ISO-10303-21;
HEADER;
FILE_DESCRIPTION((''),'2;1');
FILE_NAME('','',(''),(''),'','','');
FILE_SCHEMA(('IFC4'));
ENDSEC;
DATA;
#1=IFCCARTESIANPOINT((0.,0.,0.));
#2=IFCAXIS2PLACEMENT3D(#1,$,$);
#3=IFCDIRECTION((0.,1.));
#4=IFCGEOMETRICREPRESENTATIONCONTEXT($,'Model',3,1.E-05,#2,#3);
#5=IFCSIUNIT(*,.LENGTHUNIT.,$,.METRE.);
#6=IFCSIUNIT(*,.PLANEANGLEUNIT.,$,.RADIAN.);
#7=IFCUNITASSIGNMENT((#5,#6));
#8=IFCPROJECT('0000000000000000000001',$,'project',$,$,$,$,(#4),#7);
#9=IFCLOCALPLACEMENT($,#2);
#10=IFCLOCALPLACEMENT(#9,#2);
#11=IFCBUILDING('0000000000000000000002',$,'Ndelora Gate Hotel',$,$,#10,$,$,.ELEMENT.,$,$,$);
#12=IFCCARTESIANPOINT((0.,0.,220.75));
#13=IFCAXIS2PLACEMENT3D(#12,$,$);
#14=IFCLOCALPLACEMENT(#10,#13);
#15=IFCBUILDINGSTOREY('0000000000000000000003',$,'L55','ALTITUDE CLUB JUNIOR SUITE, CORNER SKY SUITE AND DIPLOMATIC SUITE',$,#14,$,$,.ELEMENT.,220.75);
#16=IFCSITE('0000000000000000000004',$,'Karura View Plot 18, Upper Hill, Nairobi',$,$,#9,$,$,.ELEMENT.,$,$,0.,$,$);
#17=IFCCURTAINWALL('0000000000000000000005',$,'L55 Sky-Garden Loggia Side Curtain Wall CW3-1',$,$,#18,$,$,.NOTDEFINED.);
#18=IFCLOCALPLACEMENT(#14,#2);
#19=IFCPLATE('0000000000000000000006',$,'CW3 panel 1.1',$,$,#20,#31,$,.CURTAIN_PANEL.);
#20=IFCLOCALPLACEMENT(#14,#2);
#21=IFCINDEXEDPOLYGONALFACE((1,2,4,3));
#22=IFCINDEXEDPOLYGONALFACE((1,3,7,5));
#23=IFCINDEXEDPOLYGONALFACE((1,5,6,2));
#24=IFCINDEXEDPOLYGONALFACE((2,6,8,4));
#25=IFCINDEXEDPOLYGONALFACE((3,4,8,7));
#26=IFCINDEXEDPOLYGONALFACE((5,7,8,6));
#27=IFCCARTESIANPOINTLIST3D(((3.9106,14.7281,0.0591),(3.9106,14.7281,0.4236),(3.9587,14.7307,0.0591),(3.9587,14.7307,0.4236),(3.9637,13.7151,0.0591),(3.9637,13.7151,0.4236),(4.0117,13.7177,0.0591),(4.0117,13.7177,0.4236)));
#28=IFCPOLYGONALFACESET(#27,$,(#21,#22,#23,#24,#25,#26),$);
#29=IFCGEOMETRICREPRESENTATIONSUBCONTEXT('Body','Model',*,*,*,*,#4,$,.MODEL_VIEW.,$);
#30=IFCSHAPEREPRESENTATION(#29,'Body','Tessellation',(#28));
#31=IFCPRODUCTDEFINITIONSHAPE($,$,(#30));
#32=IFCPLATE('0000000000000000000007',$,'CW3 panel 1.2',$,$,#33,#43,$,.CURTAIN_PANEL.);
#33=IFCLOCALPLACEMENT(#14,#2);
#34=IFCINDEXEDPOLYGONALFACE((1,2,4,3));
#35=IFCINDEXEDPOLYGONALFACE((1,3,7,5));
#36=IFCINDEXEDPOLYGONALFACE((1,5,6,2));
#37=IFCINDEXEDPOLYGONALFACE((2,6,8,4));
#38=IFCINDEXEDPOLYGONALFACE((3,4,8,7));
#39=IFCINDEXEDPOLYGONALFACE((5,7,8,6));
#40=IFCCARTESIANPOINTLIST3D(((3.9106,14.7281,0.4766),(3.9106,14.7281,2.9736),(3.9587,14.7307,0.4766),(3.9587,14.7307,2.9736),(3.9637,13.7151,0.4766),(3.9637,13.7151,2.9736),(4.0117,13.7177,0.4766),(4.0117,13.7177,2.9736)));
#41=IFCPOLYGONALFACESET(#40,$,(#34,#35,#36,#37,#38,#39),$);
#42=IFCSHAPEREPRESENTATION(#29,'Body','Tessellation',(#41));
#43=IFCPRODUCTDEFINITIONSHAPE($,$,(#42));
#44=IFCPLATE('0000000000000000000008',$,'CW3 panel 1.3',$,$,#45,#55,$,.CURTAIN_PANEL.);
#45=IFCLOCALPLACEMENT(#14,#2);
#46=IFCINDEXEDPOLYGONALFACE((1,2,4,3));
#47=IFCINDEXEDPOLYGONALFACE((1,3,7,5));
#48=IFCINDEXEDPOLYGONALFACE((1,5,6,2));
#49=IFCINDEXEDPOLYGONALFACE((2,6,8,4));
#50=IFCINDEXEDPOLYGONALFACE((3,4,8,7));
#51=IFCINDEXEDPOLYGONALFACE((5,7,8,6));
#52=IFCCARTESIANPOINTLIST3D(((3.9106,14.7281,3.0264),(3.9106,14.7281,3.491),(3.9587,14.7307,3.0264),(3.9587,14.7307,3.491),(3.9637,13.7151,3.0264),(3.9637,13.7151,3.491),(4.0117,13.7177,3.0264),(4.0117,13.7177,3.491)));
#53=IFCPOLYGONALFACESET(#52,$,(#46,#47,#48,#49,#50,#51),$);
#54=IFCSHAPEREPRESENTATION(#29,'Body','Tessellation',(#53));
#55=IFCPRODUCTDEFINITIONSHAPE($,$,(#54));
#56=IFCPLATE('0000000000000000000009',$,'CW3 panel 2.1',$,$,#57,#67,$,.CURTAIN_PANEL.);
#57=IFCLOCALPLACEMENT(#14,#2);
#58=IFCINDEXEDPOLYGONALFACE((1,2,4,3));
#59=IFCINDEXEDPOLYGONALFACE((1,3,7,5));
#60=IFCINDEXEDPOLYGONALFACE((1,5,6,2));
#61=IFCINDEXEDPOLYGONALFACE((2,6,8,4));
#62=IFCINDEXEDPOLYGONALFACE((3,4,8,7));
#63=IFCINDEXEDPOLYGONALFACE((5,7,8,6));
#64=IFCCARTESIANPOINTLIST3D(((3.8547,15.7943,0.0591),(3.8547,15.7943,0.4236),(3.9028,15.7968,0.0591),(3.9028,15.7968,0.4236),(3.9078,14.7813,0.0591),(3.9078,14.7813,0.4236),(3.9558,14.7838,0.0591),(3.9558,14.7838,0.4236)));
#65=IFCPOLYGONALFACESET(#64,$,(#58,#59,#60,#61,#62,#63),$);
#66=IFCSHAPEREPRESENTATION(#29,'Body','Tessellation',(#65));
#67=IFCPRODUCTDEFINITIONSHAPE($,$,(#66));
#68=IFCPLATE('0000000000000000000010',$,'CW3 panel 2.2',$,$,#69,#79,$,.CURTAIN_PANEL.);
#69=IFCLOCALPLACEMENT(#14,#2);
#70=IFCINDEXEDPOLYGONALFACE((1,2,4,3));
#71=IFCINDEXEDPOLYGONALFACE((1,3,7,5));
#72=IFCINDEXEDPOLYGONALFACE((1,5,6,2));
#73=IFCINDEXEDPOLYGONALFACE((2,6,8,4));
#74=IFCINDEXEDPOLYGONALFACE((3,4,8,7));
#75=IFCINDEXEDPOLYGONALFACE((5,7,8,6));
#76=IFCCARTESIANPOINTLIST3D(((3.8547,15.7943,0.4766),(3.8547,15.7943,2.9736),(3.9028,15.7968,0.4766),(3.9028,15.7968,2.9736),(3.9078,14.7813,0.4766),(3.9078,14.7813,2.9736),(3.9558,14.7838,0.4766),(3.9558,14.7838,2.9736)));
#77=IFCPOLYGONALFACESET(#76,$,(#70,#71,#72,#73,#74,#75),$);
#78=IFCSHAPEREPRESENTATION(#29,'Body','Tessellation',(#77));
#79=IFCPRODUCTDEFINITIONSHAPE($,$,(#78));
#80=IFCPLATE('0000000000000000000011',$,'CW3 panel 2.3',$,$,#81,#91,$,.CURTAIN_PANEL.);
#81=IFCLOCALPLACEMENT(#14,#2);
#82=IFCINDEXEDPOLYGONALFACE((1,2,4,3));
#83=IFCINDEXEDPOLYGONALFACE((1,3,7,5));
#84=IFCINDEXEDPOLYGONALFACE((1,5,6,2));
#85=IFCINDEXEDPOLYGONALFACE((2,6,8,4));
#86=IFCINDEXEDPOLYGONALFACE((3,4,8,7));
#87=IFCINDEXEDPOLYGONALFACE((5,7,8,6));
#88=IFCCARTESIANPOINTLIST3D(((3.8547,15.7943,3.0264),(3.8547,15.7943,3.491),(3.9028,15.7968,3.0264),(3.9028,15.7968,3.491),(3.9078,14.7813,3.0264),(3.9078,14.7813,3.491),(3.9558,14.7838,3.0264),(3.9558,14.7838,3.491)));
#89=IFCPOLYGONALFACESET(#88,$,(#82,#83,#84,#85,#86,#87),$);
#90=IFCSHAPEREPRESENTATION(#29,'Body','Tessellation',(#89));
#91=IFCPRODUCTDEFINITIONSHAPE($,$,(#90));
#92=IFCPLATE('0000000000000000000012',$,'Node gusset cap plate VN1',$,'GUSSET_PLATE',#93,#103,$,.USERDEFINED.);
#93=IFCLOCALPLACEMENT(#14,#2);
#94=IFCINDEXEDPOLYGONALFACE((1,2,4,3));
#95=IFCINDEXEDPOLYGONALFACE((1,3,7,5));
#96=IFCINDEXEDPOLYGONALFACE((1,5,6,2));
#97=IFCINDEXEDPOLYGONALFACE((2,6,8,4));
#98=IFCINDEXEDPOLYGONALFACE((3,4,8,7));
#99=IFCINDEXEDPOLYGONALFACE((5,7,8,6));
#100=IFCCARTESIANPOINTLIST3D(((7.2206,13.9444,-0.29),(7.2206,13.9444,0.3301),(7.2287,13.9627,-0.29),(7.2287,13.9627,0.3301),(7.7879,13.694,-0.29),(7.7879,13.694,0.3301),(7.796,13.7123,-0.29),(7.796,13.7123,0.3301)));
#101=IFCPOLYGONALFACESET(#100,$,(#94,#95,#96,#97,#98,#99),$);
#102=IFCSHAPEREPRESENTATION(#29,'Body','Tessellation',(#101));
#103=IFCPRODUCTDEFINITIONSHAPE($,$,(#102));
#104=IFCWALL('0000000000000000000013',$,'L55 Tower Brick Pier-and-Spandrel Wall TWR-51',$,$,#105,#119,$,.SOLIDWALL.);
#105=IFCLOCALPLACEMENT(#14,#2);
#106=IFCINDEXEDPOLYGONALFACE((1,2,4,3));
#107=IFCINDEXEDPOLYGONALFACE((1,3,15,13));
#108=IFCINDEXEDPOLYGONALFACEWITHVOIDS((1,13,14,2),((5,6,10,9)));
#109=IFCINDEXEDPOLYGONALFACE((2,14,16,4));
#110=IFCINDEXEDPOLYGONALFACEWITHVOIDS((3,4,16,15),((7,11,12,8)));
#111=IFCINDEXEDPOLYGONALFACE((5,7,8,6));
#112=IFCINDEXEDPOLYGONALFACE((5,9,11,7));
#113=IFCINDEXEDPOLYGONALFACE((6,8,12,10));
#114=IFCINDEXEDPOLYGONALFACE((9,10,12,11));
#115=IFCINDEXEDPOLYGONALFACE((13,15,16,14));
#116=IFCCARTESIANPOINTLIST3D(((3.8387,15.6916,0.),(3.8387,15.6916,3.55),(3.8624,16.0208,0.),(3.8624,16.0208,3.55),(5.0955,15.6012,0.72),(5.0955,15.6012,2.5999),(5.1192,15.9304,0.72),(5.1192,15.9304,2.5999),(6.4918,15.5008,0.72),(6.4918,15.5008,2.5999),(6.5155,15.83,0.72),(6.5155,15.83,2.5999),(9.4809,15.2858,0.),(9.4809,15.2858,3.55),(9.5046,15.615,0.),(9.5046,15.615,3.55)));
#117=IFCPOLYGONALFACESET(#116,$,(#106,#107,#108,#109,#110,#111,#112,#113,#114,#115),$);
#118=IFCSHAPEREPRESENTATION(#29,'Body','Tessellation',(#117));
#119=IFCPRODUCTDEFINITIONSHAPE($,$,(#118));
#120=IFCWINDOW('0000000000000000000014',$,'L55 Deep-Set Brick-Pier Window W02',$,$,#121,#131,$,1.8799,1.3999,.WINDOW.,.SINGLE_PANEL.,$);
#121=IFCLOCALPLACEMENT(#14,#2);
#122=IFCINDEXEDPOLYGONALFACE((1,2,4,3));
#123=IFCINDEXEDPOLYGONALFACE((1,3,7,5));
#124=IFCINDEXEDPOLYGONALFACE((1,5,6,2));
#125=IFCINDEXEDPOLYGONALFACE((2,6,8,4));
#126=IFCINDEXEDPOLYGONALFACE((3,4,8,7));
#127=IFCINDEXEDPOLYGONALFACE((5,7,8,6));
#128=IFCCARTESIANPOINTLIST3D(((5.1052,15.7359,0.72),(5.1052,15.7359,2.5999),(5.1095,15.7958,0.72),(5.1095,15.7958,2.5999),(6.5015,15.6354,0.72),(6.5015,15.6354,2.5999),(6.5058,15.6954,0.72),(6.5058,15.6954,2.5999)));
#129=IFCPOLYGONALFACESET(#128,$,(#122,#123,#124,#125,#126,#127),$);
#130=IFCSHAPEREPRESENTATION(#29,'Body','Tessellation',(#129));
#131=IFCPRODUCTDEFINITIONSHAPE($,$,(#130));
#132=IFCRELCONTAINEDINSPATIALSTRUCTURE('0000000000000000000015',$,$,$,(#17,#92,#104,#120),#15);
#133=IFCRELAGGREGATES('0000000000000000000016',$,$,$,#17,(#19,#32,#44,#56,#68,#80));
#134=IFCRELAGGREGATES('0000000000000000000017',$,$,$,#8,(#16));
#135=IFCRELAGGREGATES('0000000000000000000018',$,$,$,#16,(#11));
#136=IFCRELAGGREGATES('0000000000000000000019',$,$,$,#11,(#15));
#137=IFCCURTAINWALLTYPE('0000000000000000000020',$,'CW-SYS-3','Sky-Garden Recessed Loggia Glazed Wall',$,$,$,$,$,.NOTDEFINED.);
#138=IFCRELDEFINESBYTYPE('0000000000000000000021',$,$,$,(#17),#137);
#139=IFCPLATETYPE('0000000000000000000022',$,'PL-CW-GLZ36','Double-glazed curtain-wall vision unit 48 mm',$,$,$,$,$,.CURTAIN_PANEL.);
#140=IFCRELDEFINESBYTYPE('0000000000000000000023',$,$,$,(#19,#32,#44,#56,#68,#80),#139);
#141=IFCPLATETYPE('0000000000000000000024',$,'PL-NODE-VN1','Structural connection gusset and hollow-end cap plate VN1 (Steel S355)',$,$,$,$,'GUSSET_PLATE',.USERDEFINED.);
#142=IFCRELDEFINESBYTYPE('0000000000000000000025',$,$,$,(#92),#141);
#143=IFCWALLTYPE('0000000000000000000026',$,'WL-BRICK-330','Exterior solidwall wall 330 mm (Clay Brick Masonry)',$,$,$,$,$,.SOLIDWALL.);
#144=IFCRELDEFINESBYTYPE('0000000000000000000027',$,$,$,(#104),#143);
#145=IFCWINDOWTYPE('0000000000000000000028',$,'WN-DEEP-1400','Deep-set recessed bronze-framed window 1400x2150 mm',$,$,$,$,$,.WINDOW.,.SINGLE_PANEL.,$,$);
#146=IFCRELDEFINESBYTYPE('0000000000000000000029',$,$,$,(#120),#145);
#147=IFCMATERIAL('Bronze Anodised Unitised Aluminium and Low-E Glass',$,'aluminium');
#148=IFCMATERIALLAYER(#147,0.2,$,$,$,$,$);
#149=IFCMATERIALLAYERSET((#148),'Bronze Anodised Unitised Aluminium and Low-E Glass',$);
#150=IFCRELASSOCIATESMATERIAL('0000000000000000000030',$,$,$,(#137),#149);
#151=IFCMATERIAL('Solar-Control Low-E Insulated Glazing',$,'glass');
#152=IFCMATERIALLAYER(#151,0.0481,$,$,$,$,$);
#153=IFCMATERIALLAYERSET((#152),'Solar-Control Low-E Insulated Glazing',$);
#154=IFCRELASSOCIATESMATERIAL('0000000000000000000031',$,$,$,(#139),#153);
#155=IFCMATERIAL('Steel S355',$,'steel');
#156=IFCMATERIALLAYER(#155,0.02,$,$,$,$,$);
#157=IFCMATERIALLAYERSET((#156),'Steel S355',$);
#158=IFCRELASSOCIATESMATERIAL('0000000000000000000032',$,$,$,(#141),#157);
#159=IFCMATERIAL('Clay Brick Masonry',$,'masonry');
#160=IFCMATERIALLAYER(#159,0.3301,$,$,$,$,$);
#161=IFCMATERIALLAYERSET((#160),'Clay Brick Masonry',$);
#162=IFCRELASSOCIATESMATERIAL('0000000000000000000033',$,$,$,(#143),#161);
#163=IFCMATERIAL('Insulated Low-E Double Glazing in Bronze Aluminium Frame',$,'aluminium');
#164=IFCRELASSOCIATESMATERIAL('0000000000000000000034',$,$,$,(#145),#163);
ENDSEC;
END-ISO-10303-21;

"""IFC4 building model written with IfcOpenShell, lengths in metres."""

from ifc_helpers import new_model, si_unit, direction, frame, frame_2d, origin, origin_2d, place, context, subcontext, project, spatial, rectangle, extrude, material, layer, layer_set, type_object, element, fill, aggregate, save


model = new_model("IFC4")

# Units and contexts
model_context = context("Model", 3, precision=1e-05, world=origin(), true_north=direction((0.0, 1.0)))
body_context = subcontext(model_context, "Body", "Model", "MODEL_VIEW")
ifc_project = project(units=[si_unit("LENGTHUNIT", "METRE"), si_unit("PLANEANGLEUNIT", "RADIAN")], contexts=[model_context])

# Site, building, storey
site_placement = place(None, origin())
site = spatial("IfcSite", under=ifc_project, at=site_placement, Name="Karura View Plot 18, Upper Hill, Nairobi", CompositionType="ELEMENT", RefElevation=0.0)
building_placement = place(site_placement, origin())
building = spatial("IfcBuilding", under=site, at=building_placement, Name="Ndelora Gate Hotel", CompositionType="ELEMENT")
storey_placement = place(building_placement, frame((0.0, 0.0, 220.75)))
storey = spatial("IfcBuildingStorey", under=building, at=storey_placement, Name="L55", Description="ALTITUDE CLUB JUNIOR SUITE, CORNER SKY SUITE AND DIPLOMATIC SUITE", CompositionType="ELEMENT", Elevation=220.75)

# Shared definitions
ifc_material_1 = material(Name="Steel S355", Category="steel")

# Curtain wall
ifc_material_2 = material(Name="Bronze Anodised Unitised Aluminium and Low-E Glass", Category="aluminium")
ifc_layer_1 = layer(ifc_material_2, 0.2)
ifc_layer_set_1 = layer_set([ifc_layer_1], Name="Bronze Anodised Unitised Aluminium and Low-E Glass")
curtain_wall_type = type_object("IfcCurtainWallType", Name="CW-SYS-3", Description="Sky-Garden Recessed Loggia Glazed Wall", PredefinedType="NOTDEFINED", material=ifc_layer_set_1)
curtain_wall_placement = place(storey_placement, origin())
curtain_wall = element("IfcCurtainWall", 1, at=curtain_wall_placement, inside=storey, type_object=curtain_wall_type, Name="L55 Sky-Garden Loggia Side Curtain Wall CW3-1", PredefinedType="NOTDEFINED")

# Plates
ifc_material_3 = material(Name="Solar-Control Low-E Insulated Glazing", Category="glass")
ifc_layer_2 = layer(ifc_material_3, 0.0481)
ifc_layer_set_2 = layer_set([ifc_layer_2], Name="Solar-Control Low-E Insulated Glazing")
plate_type_1 = type_object("IfcPlateType", Name="PL-CW-GLZ36", Description="Double-glazed curtain-wall vision unit 48 mm", PredefinedType="CURTAIN_PANEL", material=ifc_layer_set_2)
plate_1_placement = place(storey_placement, frame((3.9612, 14.2229, 0.0591), z_axis=(0.0, 0.0, 1.0), x_axis=(-0.052318, 0.99863, 0.0)))
plate_1 = element("IfcPlate", 2, at=plate_1_placement, type_object=plate_type_1, Name="CW3 panel 1.1", PredefinedType="CURTAIN_PANEL", context=body_context, shape_type="SweptSolid", body=[
    extrude(rectangle(XDim=1.0144, YDim=0.0481, at=origin_2d()), origin(), (0.0, 0.0, 1.0), 0.3645),
])
plate_2_placement = place(storey_placement, frame((3.9612, 14.2229, 0.4766), z_axis=(0.0, 0.0, 1.0), x_axis=(-0.052318, 0.99863, 0.0)))
plate_2 = element("IfcPlate", 3, at=plate_2_placement, type_object=plate_type_1, Name="CW3 panel 1.2", PredefinedType="CURTAIN_PANEL", context=body_context, shape_type="SweptSolid", body=[
    extrude(rectangle(XDim=1.0144, YDim=0.0481, at=origin_2d()), origin(), (0.0, 0.0, 1.0), 2.4971),
])
plate_3_placement = place(storey_placement, frame((3.9612, 14.2229, 3.0264), z_axis=(0.0, 0.0, 1.0), x_axis=(-0.052318, 0.99863, 0.0)))
plate_3 = element("IfcPlate", 4, at=plate_3_placement, type_object=plate_type_1, Name="CW3 panel 1.3", PredefinedType="CURTAIN_PANEL", context=body_context, shape_type="SweptSolid", body=[
    extrude(rectangle(XDim=1.0144, YDim=0.0481, at=origin_2d()), origin(), (0.0, 0.0, 1.0), 0.4646),
])
plate_4_placement = place(storey_placement, frame((3.9053, 15.2891, 0.0591), z_axis=(0.0, 0.0, 1.0), x_axis=(-0.052318, 0.99863, 0.0)))
plate_4 = element("IfcPlate", 5, at=plate_4_placement, type_object=plate_type_1, Name="CW3 panel 2.1", PredefinedType="CURTAIN_PANEL", context=body_context, shape_type="SweptSolid", body=[
    extrude(rectangle(XDim=1.0144, YDim=0.0481, at=origin_2d()), origin(), (0.0, 0.0, 1.0), 0.3645),
])
plate_5_placement = place(storey_placement, frame((3.9053, 15.2891, 0.4766), z_axis=(0.0, 0.0, 1.0), x_axis=(-0.052318, 0.99863, 0.0)))
plate_5 = element("IfcPlate", 6, at=plate_5_placement, type_object=plate_type_1, Name="CW3 panel 2.2", PredefinedType="CURTAIN_PANEL", context=body_context, shape_type="SweptSolid", body=[
    extrude(rectangle(XDim=1.0144, YDim=0.0481, at=origin_2d()), origin(), (0.0, 0.0, 1.0), 2.4971),
])
plate_6_placement = place(storey_placement, frame((3.9053, 15.2891, 3.0264), z_axis=(0.0, 0.0, 1.0), x_axis=(-0.052318, 0.99863, 0.0)))
plate_6 = element("IfcPlate", 7, at=plate_6_placement, type_object=plate_type_1, Name="CW3 panel 2.3", PredefinedType="CURTAIN_PANEL", context=body_context, shape_type="SweptSolid", body=[
    extrude(rectangle(XDim=1.0144, YDim=0.0481, at=origin_2d()), origin(), (0.0, 0.0, 1.0), 0.4646),
])
aggregate(curtain_wall, [plate_1, plate_2, plate_3, plate_4, plate_5, plate_6])
ifc_layer_3 = layer(ifc_material_1, 0.02)
ifc_layer_set_3 = layer_set([ifc_layer_3], Name="Steel S355")
plate_type_2 = type_object("IfcPlateType", Name="PL-NODE-VN1", Description="Structural connection gusset and hollow-end cap plate VN1 (Steel S355)", ElementType="GUSSET_PLATE", PredefinedType="USERDEFINED", material=ifc_layer_set_3)
plate_7_placement = place(storey_placement, frame((7.5083, 13.8284, -0.29), z_axis=(0.0, 0.0, 1.0), x_axis=(-0.914819, 0.403865, 0.0)))
element("IfcPlate", 8, at=plate_7_placement, inside=storey, type_object=plate_type_2, Name="Node gusset cap plate VN1", ObjectType="GUSSET_PLATE", PredefinedType="USERDEFINED", context=body_context, shape_type="SweptSolid", body=[
    extrude(rectangle(XDim=0.6201, YDim=0.02, at=origin_2d()), origin(), (0.0, 0.0, 1.0), 0.6201),
])

# Wall, opening, window
ifc_material_4 = material(Name="Clay Brick Masonry", Category="masonry")
ifc_layer_4 = layer(ifc_material_4, 0.3301)
ifc_layer_set_4 = layer_set([ifc_layer_4], Name="Clay Brick Masonry")
wall_type = type_object("IfcWallType", Name="WL-BRICK-330", Description="Exterior solidwall wall 330 mm (Clay Brick Masonry)", PredefinedType="SOLIDWALL", material=ifc_layer_set_4)
wall_placement = place(storey_placement, frame((3.8506, 15.8562, 0.0), z_axis=(0.0, 0.0, 1.0), x_axis=(0.997424, -0.071732, 0.0)))
wall = element("IfcWall", 9, at=wall_placement, inside=storey, type_object=wall_type, Name="L55 Tower Brick Pier-and-Spandrel Wall TWR-51", PredefinedType="SOLIDWALL", context=body_context, shape_type="SweptSolid", body=[
    extrude(rectangle(XDim=5.6567, YDim=0.3301, at=frame_2d((2.8284, 0.0))), origin(), (0.0, 0.0, 1.0), 3.55),
])
opening_placement = place(wall_placement, frame((1.26, 0.0, 0.72)))
opening = element("IfcOpeningElement", 10, at=opening_placement, cuts=wall, PredefinedType="OPENING", context=body_context, shape_type="SweptSolid", body=[
    extrude(rectangle(XDim=1.3999, YDim=1.8799, at=frame_2d((0.7, 0.9399))), frame((0.0, 0.175, 0.0), z_axis=(0.0, -1.0, 0.0), x_axis=(1.0, 0.0, 0.0)), (0.0, 0.0, 1.0), 0.3501),
])
ifc_material_5 = material(Name="Insulated Low-E Double Glazing in Bronze Aluminium Frame", Category="aluminium")
window_type = type_object("IfcWindowType", Name="WN-DEEP-1400", Description="Deep-set recessed bronze-framed window 1400x2150 mm", PartitioningType="SINGLE_PANEL", PredefinedType="WINDOW", material=ifc_material_5)
window_placement = place(opening_placement, origin())
window = element("IfcWindow", 11, at=window_placement, inside=storey, type_object=window_type, Name="L55 Deep-Set Brick-Pier Window W02", OverallHeight=1.8799, OverallWidth=1.3999, PartitioningType="SINGLE_PANEL", PredefinedType="WINDOW", context=body_context, shape_type="SweptSolid", body=[
    extrude(rectangle(XDim=1.3999, YDim=1.8799, at=frame_2d((0.7, 0.9399))), frame((0.0, 0.03, 0.0), z_axis=(0.0, -1.0, 0.0), x_axis=(1.0, 0.0, 0.0)), (0.0, 0.0, 1.0), 0.0601),
])
fill(opening, window)

save(model, "model.ifc")
